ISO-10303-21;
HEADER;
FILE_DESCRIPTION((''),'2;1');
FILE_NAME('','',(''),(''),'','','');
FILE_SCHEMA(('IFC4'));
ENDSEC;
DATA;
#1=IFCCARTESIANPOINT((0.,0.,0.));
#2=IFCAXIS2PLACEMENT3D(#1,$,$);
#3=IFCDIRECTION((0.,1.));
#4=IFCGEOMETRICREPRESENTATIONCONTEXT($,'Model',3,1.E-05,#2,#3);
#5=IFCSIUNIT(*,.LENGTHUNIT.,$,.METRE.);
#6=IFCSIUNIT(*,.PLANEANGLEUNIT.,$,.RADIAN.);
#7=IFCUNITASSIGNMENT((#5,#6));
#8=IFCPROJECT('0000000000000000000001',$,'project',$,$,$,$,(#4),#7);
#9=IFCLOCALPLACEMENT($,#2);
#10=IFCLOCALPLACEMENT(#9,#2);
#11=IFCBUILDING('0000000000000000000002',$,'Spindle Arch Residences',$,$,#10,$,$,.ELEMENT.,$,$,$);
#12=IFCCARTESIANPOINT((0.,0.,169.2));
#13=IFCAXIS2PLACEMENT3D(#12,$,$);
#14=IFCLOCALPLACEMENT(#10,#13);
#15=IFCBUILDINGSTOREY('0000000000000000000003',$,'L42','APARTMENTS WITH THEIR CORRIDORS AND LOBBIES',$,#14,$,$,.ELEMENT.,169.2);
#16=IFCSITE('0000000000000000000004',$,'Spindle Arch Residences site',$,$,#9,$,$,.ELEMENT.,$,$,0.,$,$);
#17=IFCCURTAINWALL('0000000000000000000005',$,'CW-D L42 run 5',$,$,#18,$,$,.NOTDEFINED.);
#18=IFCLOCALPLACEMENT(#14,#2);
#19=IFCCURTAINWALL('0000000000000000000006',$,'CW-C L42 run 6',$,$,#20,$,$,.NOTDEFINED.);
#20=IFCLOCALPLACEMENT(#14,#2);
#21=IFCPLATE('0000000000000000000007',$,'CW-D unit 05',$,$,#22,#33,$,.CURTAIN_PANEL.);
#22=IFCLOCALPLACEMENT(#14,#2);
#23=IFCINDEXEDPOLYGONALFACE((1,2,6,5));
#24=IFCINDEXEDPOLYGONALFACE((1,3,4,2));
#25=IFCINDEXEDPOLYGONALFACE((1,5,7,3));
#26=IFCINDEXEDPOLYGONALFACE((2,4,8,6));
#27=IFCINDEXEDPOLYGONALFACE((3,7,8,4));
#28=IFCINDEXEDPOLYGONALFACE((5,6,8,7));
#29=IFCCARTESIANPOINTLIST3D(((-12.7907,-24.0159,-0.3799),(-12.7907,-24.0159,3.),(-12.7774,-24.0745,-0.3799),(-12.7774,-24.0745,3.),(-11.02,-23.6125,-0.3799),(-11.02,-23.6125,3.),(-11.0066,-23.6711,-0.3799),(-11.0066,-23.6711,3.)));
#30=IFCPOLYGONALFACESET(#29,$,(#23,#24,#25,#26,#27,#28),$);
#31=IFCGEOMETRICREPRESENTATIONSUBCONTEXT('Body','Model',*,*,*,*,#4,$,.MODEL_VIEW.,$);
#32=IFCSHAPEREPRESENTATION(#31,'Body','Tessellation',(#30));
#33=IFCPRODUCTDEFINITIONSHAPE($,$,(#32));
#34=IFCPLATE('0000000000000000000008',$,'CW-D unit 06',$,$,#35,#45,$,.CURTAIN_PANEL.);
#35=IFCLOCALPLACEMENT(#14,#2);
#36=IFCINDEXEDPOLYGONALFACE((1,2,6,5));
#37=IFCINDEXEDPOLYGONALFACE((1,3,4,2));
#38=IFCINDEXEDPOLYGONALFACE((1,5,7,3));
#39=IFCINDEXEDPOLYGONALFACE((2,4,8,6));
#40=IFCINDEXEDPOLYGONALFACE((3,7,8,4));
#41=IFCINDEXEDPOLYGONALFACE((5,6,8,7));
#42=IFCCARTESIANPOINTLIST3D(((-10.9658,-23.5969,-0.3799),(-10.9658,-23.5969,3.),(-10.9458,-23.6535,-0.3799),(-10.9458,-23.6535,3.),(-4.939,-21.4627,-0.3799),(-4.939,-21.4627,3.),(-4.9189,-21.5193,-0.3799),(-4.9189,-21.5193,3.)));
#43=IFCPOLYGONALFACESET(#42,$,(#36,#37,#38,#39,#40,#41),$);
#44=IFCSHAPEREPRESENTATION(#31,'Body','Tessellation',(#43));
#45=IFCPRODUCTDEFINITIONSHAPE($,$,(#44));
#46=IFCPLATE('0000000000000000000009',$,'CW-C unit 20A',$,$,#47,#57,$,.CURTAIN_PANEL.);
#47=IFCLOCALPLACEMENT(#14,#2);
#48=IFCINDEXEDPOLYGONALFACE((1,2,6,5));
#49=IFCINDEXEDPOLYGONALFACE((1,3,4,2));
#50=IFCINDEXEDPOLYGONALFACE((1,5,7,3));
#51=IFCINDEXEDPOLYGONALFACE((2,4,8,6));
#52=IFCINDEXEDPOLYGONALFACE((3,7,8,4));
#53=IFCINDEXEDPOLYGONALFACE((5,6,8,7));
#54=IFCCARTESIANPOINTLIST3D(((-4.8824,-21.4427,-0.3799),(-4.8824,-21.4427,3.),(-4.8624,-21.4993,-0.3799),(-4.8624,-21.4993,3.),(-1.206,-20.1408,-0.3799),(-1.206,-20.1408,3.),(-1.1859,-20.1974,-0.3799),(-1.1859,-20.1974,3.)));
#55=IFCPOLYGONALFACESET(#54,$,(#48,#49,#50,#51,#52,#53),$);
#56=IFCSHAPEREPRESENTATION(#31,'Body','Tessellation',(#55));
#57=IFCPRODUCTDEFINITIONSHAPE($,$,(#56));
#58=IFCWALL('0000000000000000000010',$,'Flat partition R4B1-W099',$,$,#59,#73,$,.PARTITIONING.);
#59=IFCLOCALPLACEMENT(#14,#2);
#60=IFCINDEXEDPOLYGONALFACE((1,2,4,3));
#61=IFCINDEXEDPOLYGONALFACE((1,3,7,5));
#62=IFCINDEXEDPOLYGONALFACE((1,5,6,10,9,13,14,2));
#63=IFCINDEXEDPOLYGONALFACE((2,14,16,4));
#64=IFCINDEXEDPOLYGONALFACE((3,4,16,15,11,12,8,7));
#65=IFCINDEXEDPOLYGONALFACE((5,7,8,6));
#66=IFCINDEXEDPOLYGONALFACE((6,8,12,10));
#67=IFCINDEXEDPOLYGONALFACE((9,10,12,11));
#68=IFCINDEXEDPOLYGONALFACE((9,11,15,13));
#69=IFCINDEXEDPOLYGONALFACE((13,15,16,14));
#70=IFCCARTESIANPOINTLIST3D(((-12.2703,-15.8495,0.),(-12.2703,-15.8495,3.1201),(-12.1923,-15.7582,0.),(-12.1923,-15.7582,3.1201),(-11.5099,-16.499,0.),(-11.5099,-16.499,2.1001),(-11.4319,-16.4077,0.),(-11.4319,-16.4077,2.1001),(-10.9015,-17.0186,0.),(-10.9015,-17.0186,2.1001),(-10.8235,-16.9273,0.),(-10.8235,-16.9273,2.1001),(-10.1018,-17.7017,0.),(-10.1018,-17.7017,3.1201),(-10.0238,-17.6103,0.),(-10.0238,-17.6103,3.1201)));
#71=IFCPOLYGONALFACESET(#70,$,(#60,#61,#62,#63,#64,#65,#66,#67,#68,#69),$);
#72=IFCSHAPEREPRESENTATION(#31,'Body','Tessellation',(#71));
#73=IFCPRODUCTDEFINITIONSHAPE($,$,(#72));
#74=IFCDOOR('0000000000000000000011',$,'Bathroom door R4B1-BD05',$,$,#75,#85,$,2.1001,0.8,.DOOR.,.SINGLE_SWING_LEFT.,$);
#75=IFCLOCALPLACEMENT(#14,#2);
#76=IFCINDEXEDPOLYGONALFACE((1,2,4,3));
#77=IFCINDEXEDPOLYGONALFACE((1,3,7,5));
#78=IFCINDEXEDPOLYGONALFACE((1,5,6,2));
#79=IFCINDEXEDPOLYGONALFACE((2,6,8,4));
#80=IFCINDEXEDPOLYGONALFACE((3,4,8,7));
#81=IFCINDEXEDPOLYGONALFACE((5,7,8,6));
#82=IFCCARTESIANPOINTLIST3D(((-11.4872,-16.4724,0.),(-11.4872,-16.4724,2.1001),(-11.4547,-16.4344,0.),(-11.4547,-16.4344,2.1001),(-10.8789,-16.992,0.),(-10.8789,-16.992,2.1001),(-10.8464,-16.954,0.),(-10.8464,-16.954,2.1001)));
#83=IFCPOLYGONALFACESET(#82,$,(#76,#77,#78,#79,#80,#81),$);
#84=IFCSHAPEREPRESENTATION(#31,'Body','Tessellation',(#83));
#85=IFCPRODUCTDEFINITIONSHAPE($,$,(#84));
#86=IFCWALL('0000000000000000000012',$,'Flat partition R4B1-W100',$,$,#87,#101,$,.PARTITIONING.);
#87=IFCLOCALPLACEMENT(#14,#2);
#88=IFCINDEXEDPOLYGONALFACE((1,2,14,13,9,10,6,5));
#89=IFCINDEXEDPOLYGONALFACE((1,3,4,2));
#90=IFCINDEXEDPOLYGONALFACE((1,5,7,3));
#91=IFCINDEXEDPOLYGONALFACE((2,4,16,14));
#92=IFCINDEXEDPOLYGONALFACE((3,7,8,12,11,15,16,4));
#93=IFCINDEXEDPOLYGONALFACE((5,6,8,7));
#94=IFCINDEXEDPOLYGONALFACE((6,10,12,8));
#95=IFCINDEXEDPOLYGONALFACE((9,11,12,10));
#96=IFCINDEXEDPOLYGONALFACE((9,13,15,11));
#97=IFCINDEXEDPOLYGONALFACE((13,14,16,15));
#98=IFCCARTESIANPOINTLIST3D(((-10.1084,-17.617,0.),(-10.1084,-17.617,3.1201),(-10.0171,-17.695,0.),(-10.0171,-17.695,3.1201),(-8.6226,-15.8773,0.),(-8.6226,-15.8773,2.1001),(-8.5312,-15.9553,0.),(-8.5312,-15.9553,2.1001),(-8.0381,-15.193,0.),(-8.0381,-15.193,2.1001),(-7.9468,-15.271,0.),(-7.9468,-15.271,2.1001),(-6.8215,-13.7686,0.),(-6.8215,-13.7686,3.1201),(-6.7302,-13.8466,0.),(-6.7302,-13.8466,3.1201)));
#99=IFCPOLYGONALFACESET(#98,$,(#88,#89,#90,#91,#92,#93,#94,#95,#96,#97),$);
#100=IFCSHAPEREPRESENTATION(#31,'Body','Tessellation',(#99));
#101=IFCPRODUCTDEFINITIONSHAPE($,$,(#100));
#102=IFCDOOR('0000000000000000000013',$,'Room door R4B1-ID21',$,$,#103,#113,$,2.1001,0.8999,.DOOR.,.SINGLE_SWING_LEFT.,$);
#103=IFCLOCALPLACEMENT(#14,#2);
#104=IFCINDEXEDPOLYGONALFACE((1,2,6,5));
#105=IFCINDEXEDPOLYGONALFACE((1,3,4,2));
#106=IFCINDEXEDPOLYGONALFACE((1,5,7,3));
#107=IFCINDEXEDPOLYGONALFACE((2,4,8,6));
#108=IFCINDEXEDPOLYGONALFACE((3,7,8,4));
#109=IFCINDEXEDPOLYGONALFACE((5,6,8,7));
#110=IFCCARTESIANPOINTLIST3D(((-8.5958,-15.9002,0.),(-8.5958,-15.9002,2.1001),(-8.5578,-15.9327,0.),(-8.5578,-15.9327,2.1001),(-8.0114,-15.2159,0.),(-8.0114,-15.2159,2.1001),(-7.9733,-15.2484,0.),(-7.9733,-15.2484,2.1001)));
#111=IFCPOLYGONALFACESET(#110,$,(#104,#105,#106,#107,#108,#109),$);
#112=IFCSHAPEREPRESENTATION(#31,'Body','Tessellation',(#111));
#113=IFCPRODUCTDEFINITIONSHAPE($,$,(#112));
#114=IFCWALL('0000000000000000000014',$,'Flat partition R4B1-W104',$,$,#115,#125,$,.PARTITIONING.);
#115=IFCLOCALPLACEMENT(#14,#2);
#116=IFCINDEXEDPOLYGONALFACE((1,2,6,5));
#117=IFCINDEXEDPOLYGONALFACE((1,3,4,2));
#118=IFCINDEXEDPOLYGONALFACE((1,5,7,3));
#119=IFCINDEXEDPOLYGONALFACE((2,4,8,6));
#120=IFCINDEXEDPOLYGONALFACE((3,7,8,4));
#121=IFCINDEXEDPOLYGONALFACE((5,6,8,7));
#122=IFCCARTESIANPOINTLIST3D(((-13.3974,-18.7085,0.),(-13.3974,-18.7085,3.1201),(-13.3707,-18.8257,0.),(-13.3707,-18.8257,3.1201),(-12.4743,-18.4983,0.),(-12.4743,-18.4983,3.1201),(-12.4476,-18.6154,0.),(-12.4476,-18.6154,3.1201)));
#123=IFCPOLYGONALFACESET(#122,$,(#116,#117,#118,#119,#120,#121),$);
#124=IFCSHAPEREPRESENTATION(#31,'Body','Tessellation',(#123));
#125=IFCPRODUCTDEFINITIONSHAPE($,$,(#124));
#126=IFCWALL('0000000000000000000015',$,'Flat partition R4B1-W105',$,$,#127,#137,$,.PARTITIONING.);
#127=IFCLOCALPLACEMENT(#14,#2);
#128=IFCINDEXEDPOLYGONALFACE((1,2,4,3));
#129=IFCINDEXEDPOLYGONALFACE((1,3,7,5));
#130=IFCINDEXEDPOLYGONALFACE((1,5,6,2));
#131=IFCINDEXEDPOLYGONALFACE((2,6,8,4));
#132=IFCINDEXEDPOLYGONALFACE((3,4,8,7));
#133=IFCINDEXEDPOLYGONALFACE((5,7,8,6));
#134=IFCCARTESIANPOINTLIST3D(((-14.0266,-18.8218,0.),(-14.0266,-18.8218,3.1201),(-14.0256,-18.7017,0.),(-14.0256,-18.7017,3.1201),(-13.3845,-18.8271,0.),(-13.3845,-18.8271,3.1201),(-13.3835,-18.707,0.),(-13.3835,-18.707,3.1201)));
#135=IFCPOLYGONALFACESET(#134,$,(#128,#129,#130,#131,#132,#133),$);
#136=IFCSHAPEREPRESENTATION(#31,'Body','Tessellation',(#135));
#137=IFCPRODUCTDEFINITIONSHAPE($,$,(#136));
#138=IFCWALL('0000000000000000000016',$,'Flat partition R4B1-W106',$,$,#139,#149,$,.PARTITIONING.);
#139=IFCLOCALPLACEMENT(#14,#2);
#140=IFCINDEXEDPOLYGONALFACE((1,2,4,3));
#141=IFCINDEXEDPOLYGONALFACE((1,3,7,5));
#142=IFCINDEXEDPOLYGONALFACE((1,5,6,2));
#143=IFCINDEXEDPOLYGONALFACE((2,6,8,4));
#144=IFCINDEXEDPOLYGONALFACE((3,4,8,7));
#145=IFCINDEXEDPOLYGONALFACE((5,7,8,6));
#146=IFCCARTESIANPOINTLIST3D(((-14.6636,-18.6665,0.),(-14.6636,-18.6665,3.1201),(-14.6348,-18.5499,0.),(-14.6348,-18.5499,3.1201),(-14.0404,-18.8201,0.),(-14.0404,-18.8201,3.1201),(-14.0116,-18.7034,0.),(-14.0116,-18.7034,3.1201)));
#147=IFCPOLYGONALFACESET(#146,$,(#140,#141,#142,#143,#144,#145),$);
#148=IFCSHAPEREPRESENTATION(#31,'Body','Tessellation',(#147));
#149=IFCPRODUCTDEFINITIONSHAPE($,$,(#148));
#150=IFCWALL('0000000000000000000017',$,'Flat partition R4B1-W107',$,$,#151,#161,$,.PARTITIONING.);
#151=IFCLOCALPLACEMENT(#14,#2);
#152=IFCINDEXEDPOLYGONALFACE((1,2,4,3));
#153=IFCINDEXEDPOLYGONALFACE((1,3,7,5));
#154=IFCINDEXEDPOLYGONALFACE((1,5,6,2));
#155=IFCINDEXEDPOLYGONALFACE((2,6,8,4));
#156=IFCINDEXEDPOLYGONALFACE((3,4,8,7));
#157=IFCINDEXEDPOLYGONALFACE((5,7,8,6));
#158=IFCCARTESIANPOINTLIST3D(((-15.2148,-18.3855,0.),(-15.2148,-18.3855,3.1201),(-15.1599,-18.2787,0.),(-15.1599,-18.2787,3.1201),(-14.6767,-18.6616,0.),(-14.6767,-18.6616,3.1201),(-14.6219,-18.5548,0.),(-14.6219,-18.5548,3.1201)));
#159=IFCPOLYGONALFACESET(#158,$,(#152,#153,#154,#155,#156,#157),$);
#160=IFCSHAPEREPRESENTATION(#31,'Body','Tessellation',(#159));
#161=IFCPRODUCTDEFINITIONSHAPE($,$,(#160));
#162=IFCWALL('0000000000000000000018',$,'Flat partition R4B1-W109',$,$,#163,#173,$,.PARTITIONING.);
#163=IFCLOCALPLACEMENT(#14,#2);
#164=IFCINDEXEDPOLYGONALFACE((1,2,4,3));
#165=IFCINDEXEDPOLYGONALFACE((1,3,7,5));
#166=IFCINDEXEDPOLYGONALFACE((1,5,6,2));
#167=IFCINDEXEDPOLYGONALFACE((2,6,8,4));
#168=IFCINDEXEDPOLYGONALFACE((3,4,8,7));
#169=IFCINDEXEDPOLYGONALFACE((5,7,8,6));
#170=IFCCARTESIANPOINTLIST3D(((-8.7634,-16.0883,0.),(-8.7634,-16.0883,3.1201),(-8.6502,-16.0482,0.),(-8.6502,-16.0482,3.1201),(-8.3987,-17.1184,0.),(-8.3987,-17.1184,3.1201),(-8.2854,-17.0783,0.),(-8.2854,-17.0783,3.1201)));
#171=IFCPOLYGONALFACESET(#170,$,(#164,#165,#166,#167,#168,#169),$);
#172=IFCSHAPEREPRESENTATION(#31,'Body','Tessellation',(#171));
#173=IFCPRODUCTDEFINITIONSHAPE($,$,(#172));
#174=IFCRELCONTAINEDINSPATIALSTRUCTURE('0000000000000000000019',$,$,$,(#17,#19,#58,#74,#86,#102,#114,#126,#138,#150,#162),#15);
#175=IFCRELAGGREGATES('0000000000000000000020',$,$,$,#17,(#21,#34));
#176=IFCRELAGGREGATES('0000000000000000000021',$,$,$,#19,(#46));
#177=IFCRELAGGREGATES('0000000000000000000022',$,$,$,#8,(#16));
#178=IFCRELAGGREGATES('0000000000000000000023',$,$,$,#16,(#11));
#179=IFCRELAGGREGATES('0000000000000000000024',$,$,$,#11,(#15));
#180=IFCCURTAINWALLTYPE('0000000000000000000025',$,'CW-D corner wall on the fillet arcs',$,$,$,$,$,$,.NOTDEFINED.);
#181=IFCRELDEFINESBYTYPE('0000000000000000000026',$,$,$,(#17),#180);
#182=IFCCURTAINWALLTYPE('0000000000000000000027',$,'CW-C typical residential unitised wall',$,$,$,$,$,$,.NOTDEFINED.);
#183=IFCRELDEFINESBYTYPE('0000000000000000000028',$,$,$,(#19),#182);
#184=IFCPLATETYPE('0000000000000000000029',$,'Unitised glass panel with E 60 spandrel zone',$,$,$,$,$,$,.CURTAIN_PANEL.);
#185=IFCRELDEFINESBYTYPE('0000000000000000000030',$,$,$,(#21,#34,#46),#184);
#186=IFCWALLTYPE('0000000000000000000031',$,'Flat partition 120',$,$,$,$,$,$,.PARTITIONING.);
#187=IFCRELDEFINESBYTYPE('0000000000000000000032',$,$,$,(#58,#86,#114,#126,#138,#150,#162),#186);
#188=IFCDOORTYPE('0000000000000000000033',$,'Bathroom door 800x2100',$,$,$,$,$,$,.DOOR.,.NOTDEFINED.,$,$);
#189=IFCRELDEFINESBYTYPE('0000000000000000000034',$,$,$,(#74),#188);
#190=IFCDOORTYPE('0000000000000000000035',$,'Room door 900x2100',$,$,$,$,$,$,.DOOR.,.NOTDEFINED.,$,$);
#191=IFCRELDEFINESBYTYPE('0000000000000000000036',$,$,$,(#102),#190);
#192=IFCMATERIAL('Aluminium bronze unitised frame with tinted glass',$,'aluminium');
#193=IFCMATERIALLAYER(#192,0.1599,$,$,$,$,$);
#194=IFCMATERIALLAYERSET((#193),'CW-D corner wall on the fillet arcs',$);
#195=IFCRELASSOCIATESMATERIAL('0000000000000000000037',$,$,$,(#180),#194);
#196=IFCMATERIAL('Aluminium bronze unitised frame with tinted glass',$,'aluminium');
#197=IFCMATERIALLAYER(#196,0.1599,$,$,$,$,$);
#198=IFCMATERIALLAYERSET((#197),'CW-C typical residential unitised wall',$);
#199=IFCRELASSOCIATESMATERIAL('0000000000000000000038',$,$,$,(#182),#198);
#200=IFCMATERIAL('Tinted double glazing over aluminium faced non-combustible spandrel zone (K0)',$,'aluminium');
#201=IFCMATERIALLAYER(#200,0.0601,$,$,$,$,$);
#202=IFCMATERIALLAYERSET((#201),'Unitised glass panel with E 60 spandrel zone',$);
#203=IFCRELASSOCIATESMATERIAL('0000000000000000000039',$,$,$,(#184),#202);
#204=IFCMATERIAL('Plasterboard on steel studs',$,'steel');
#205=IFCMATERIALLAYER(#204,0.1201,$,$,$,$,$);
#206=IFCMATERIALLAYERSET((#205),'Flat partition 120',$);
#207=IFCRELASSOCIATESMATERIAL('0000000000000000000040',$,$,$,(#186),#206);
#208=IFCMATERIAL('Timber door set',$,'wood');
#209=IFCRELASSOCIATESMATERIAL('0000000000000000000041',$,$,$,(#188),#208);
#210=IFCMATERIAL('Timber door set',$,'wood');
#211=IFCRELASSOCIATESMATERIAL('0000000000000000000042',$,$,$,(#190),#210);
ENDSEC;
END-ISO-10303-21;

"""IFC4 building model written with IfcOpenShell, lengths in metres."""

from ifc_helpers import new_model, si_unit, direction, frame, frame_2d, origin, origin_2d, place, context, subcontext, project, spatial, rectangle, extrude, material, layer, layer_set, type_object, element, fill, aggregate, save


model = new_model("IFC4")

# Units and contexts
model_context = context("Model", 3, precision=1e-05, world=origin(), true_north=direction((0.0, 1.0)))
body_context = subcontext(model_context, "Body", "Model", "MODEL_VIEW")
ifc_project = project(units=[si_unit("LENGTHUNIT", "METRE"), si_unit("PLANEANGLEUNIT", "RADIAN")], contexts=[model_context])

# Site, building, storey
site_placement = place(None, origin())
site = spatial("IfcSite", under=ifc_project, at=site_placement, Name="Spindle Arch Residences site", CompositionType="ELEMENT", RefElevation=0.0)
building_placement = place(site_placement, origin())
building = spatial("IfcBuilding", under=site, at=building_placement, Name="Spindle Arch Residences", CompositionType="ELEMENT")
storey_placement = place(building_placement, frame((0.0, 0.0, 169.2)))
storey = spatial("IfcBuildingStorey", under=building, at=storey_placement, Name="L42", Description="APARTMENTS WITH THEIR CORRIDORS AND LOBBIES", CompositionType="ELEMENT", Elevation=169.2)

# Curtain wall
ifc_material_1 = material(Name="Aluminium bronze unitised frame with tinted glass", Category="aluminium")
ifc_layer_1 = layer(ifc_material_1, 0.1599)
ifc_layer_set_1 = layer_set([ifc_layer_1], Name="CW-D corner wall on the fillet arcs")
curtain_wall_type_1 = type_object("IfcCurtainWallType", Name="CW-D corner wall on the fillet arcs", PredefinedType="NOTDEFINED", material=ifc_layer_set_1)
curtain_wall_1_placement = place(storey_placement, origin())
curtain_wall_1 = element("IfcCurtainWall", 1, at=curtain_wall_1_placement, inside=storey, type_object=curtain_wall_type_1, Name="CW-D L42 run 5", PredefinedType="NOTDEFINED")

# Curtain wall
ifc_material_2 = material(Name="Aluminium bronze unitised frame with tinted glass", Category="aluminium")
ifc_layer_2 = layer(ifc_material_2, 0.1599)
ifc_layer_set_2 = layer_set([ifc_layer_2], Name="CW-C typical residential unitised wall")
curtain_wall_type_2 = type_object("IfcCurtainWallType", Name="CW-C typical residential unitised wall", PredefinedType="NOTDEFINED", material=ifc_layer_set_2)
curtain_wall_2_placement = place(storey_placement, origin())
curtain_wall_2 = element("IfcCurtainWall", 2, at=curtain_wall_2_placement, inside=storey, type_object=curtain_wall_type_2, Name="CW-C L42 run 6", PredefinedType="NOTDEFINED")

# Plates
ifc_material_3 = material(Name="Tinted double glazing over aluminium faced non-combustible spandrel zone (K0)", Category="aluminium")
ifc_layer_3 = layer(ifc_material_3, 0.0601)
ifc_layer_set_3 = layer_set([ifc_layer_3], Name="Unitised glass panel with E 60 spandrel zone")
plate_type = type_object("IfcPlateType", Name="Unitised glass panel with E 60 spandrel zone", PredefinedType="CURTAIN_PANEL", material=ifc_layer_set_3)
plate_1_placement = place(storey_placement, frame((-11.8987, -23.8435, -0.3799), z_axis=(0.0, 0.0, 1.0), x_axis=(0.97502, 0.222116, 0.0)))
plate_1 = element("IfcPlate", 3, at=plate_1_placement, type_object=plate_type, Name="CW-D unit 05", PredefinedType="CURTAIN_PANEL", context=body_context, shape_type="SweptSolid", body=[
    extrude(rectangle(XDim=1.8162, YDim=0.0601, at=origin_2d()), origin(), (0.0, 0.0, 1.0), 3.3799),
])
plate_2_placement = place(storey_placement, frame((-7.9424, -22.5581, -0.3799), z_axis=(0.0, 0.0, 1.0), x_axis=(0.942641, 0.333807, 0.0)))
plate_2 = element("IfcPlate", 4, at=plate_2_placement, type_object=plate_type, Name="CW-D unit 06", PredefinedType="CURTAIN_PANEL", context=body_context, shape_type="SweptSolid", body=[
    extrude(rectangle(XDim=6.3936, YDim=0.0601, at=origin_2d()), origin(), (0.0, 0.0, 1.0), 3.3799),
])
aggregate(curtain_wall_1, [plate_1, plate_2])
plate_3_placement = place(storey_placement, frame((-3.0342, -20.8201, -0.3799), z_axis=(0.0, 0.0, 1.0), x_axis=(0.942641, 0.333807, 0.0)))
plate_3 = element("IfcPlate", 5, at=plate_3_placement, type_object=plate_type, Name="CW-C unit 20A", PredefinedType="CURTAIN_PANEL", context=body_context, shape_type="SweptSolid", body=[
    extrude(rectangle(XDim=3.9001, YDim=0.0601, at=origin_2d()), origin(), (0.0, 0.0, 1.0), 3.3799),
])
aggregate(curtain_wall_2, [plate_3])

# Walls, openings, doors
ifc_material_4 = material(Name="Plasterboard on steel studs", Category="steel")
ifc_layer_4 = layer(ifc_material_4, 0.1201)
ifc_layer_set_4 = layer_set([ifc_layer_4], Name="Flat partition 120")
wall_type = type_object("IfcWallType", Name="Flat partition 120", PredefinedType="PARTITIONING", material=ifc_layer_set_4)
wall_1_placement = place(storey_placement, frame((-12.2312, -15.804, 0.0), z_axis=(0.0, 0.0, 1.0), x_axis=(0.760404, -0.649451, 0.0)))
wall_1 = element("IfcWall", 6, at=wall_1_placement, inside=storey, type_object=wall_type, Name="Flat partition R4B1-W099", PredefinedType="PARTITIONING", context=body_context, shape_type="SweptSolid", body=[
    extrude(rectangle(XDim=2.8518, YDim=0.1201, at=frame_2d((1.4258, 0.0))), origin(), (0.0, 0.0, 1.0), 3.1201),
])
opening_1_placement = place(wall_1_placement, frame((1.0, 0.0, 0.0)))
opening_1 = element("IfcOpeningElement", 7, at=opening_1_placement, cuts=wall_1, PredefinedType="OPENING", context=body_context, shape_type="SweptSolid", body=[
    extrude(rectangle(XDim=0.8, YDim=2.1001, at=frame_2d((0.3999, 1.05))), frame((0.0, 0.0701, 0.0), z_axis=(0.0, -1.0, 0.0), x_axis=(1.0, 0.0, 0.0)), (0.0, 0.0, 1.0), 0.1401),
])
ifc_material_5 = material(Name="Timber door set", Category="wood")
door_type_1 = type_object("IfcDoorType", Name="Bathroom door 800x2100", OperationType="NOTDEFINED", PredefinedType="DOOR", material=ifc_material_5)
door_1_placement = place(opening_1_placement, origin())
door_1 = element("IfcDoor", 8, at=door_1_placement, inside=storey, type_object=door_type_1, Name="Bathroom door R4B1-BD05", OperationType="SINGLE_SWING_LEFT", OverallHeight=2.1001, OverallWidth=0.8, PredefinedType="DOOR", context=body_context, shape_type="SweptSolid", body=[
    extrude(rectangle(XDim=0.8, YDim=2.1001, at=frame_2d((0.3999, 1.05))), frame((0.0, 0.0249, 0.0), z_axis=(0.0, -1.0, 0.0), x_axis=(1.0, 0.0, 0.0)), (0.0, 0.0, 1.0), 0.05),
])
fill(opening_1, door_1)
wall_2_placement = place(storey_placement, frame((-10.0627, -17.656, 0.0), z_axis=(0.0, 0.0, 1.0), x_axis=(0.649452, 0.760403, 0.0)))
wall_2 = element("IfcWall", 9, at=wall_2_placement, inside=storey, type_object=wall_type, Name="Flat partition R4B1-W100", PredefinedType="PARTITIONING", context=body_context, shape_type="SweptSolid", body=[
    extrude(rectangle(XDim=5.061, YDim=0.1201, at=frame_2d((2.5305, 0.0))), origin(), (0.0, 0.0, 1.0), 3.1201),
])
opening_2_placement = place(wall_2_placement, frame((2.2878, 0.0, 0.0)))
opening_2 = element("IfcOpeningElement", 10, at=opening_2_placement, cuts=wall_2, PredefinedType="OPENING", context=body_context, shape_type="SweptSolid", body=[
    extrude(rectangle(XDim=0.8999, YDim=2.1001, at=frame_2d((0.45, 1.05))), frame((0.0, 0.0701, 0.0), z_axis=(0.0, -1.0, 0.0), x_axis=(1.0, 0.0, 0.0)), (0.0, 0.0, 1.0), 0.1401),
])
ifc_material_6 = material(Name="Timber door set", Category="wood")
door_type_2 = type_object("IfcDoorType", Name="Room door 900x2100", OperationType="NOTDEFINED", PredefinedType="DOOR", material=ifc_material_6)
door_2_placement = place(opening_2_placement, origin())
door_2 = element("IfcDoor", 11, at=door_2_placement, inside=storey, type_object=door_type_2, Name="Room door R4B1-ID21", OperationType="SINGLE_SWING_LEFT", OverallHeight=2.1001, OverallWidth=0.8999, PredefinedType="DOOR", context=body_context, shape_type="SweptSolid", body=[
    extrude(rectangle(XDim=0.8999, YDim=2.1001, at=frame_2d((0.45, 1.05))), frame((0.0, 0.0249, 0.0), z_axis=(0.0, -1.0, 0.0), x_axis=(1.0, 0.0, 0.0)), (0.0, 0.0, 1.0), 0.05),
])
fill(opening_2, door_2)

# Walls
wall_3_placement = place(storey_placement, frame((-12.4609, -18.5569, 0.0), z_axis=(0.0, 0.0, 1.0), x_axis=(-0.975039, -0.222033, 0.0)))
element("IfcWall", 12, at=wall_3_placement, inside=storey, type_object=wall_type, Name="Flat partition R4B1-W104", PredefinedType="PARTITIONING", context=body_context, shape_type="SweptSolid", body=[
    extrude(rectangle(XDim=0.9468, YDim=0.1201, at=frame_2d((0.4734, 0.0))), origin(), (0.0, 0.0, 1.0), 3.1201),
])
wall_4_placement = place(storey_placement, frame((-13.384, -18.7671, 0.0), z_axis=(0.0, 0.0, 1.0), x_axis=(-0.999965, 0.008365, 0.0)))
element("IfcWall", 13, at=wall_4_placement, inside=storey, type_object=wall_type, Name="Flat partition R4B1-W105", PredefinedType="PARTITIONING", context=body_context, shape_type="SweptSolid", body=[
    extrude(rectangle(XDim=0.6421, YDim=0.1201, at=frame_2d((0.321, 0.0))), origin(), (0.0, 0.0, 1.0), 3.1201),
])
wall_5_placement = place(storey_placement, frame((-14.0261, -18.7617, 0.0), z_axis=(0.0, 0.0, 1.0), x_axis=(-0.970965, 0.239223, 0.0)))
element("IfcWall", 14, at=wall_5_placement, inside=storey, type_object=wall_type, Name="Flat partition R4B1-W106", PredefinedType="PARTITIONING", context=body_context, shape_type="SweptSolid", body=[
    extrude(rectangle(XDim=0.6418, YDim=0.1201, at=frame_2d((0.3208, 0.0))), origin(), (0.0, 0.0, 1.0), 3.1201),
])
wall_6_placement = place(storey_placement, frame((-14.6494, -18.6082, 0.0), z_axis=(0.0, 0.0, 1.0), x_axis=(-0.889696, 0.456554, 0.0)))
element("IfcWall", 15, at=wall_6_placement, inside=storey, type_object=wall_type, Name="Flat partition R4B1-W107", PredefinedType="PARTITIONING", context=body_context, shape_type="SweptSolid", body=[
    extrude(rectangle(XDim=0.6047, YDim=0.1201, at=frame_2d((0.3022, 0.0))), origin(), (0.0, 0.0, 1.0), 3.1201),
])
wall_7_placement = place(storey_placement, frame((-8.342, -17.0984, 0.0), z_axis=(0.0, 0.0, 1.0), x_axis=(-0.333802, 0.942643, 0.0)))
element("IfcWall", 16, at=wall_7_placement, inside=storey, type_object=wall_type, Name="Flat partition R4B1-W109", PredefinedType="PARTITIONING", context=body_context, shape_type="SweptSolid", body=[
    extrude(rectangle(XDim=1.0928, YDim=0.1201, at=frame_2d((0.5464, 0.0))), origin(), (0.0, 0.0, 1.0), 3.1201),
])

save(model, "model.ifc")
